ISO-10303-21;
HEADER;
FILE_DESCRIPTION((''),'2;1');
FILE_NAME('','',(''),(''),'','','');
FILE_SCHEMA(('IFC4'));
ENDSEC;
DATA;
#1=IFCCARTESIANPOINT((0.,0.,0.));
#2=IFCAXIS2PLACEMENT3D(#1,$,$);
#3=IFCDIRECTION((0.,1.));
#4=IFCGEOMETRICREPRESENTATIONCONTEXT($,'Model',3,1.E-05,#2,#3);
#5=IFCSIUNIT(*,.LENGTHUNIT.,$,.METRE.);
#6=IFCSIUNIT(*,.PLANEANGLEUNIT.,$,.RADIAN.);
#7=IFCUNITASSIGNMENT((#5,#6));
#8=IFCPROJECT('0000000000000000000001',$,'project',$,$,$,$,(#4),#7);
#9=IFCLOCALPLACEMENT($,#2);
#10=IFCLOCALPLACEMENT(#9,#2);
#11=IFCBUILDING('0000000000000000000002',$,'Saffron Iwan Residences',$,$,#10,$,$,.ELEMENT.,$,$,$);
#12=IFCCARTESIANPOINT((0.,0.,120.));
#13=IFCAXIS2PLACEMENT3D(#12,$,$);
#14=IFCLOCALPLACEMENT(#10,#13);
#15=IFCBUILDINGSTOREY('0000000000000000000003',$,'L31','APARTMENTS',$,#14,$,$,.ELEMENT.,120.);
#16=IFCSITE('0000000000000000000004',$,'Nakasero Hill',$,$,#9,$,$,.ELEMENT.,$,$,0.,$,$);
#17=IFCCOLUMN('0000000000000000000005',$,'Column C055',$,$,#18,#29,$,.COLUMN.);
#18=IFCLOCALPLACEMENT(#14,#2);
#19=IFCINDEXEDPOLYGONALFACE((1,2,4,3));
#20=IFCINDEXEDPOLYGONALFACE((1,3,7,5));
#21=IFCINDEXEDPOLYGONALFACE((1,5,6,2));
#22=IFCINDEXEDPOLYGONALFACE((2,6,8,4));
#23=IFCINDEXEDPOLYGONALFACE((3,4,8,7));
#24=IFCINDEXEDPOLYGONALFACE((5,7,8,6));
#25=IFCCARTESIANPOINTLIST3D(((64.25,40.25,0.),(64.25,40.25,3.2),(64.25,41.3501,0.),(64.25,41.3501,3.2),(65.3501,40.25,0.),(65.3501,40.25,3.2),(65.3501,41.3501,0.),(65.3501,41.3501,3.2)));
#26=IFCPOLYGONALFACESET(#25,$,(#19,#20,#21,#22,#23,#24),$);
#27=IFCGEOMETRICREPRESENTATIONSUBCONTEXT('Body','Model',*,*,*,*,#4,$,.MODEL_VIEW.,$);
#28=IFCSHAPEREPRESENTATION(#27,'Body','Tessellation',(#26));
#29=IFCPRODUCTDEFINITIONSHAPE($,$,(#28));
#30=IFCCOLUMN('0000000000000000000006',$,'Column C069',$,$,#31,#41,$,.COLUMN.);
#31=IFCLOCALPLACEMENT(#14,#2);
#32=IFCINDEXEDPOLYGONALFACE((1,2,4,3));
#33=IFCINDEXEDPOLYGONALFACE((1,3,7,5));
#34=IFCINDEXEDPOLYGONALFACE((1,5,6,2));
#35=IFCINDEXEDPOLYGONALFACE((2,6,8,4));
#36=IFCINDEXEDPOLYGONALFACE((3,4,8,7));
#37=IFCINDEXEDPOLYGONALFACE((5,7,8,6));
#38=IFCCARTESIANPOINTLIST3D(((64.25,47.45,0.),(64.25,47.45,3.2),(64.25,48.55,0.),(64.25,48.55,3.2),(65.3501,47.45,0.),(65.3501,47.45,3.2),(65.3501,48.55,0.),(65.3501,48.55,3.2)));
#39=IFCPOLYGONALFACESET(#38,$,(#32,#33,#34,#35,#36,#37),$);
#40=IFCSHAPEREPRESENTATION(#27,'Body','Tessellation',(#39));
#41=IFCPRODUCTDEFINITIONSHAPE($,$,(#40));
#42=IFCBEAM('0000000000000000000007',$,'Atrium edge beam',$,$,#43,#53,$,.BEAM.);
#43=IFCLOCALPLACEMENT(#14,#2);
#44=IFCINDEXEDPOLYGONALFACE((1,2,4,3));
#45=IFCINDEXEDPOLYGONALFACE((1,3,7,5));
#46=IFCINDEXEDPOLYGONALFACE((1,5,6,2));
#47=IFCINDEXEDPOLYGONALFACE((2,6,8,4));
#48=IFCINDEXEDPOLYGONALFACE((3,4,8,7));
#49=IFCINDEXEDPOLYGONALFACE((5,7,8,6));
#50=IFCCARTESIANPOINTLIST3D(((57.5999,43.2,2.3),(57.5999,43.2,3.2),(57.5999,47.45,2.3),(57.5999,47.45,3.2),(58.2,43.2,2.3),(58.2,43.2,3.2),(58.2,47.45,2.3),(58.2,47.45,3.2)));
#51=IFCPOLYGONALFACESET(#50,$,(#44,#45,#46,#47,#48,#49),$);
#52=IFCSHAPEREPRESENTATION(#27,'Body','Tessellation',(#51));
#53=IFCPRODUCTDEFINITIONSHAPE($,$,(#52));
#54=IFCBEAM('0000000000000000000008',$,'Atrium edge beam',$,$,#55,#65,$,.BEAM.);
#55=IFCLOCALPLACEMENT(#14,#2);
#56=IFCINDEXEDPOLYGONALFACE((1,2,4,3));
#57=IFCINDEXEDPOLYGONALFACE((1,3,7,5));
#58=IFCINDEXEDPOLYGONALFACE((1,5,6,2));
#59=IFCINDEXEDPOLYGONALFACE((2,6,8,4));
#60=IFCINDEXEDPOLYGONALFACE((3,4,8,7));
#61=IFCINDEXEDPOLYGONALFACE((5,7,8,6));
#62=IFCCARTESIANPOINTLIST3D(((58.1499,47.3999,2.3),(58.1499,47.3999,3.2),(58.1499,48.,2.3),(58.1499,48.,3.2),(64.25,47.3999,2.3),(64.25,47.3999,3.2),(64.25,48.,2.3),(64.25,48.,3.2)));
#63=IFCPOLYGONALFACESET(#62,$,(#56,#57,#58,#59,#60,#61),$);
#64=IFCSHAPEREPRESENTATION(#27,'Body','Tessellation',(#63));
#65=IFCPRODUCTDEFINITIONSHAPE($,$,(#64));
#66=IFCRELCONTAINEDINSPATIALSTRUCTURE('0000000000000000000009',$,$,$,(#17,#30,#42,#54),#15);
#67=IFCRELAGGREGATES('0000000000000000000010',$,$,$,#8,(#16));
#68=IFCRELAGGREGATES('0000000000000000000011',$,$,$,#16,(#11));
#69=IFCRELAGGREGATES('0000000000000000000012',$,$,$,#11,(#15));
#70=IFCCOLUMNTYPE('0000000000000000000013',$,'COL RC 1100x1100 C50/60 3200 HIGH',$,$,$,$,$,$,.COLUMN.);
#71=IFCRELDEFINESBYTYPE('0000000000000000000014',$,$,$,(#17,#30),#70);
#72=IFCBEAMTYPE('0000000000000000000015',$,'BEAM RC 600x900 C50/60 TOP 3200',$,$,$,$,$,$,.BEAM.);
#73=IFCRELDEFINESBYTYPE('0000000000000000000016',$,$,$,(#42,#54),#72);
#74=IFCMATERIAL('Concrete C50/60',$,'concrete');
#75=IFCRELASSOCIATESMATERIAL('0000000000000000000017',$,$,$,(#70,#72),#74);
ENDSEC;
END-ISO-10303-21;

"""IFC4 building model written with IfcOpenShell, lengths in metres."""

from ifc_helpers import new_model, si_unit, direction, frame, origin, origin_2d, place, context, subcontext, project, spatial, rectangle, extrude, source, transform, mapped, material, material_profile, profile_set, type_object, element, save


model = new_model("IFC4")

# Units and contexts
model_context = context("Model", 3, precision=1e-05, world=origin(), true_north=direction((0.0, 1.0)))
body_context = subcontext(model_context, "Body", "Model", "MODEL_VIEW")
ifc_project = project(units=[si_unit("LENGTHUNIT", "METRE"), si_unit("PLANEANGLEUNIT", "RADIAN")], contexts=[model_context])

# Site, building, storey
site_placement = place(None, origin())
site = spatial("IfcSite", under=ifc_project, at=site_placement, Name="Nakasero Hill", CompositionType="ELEMENT", RefElevation=0.0)
building_placement = place(site_placement, origin())
building = spatial("IfcBuilding", under=site, at=building_placement, Name="Saffron Iwan Residences", CompositionType="ELEMENT")
storey_placement = place(building_placement, frame((0.0, 0.0, 120.0)))
storey = spatial("IfcBuildingStorey", under=building, at=storey_placement, Name="L31", Description="APARTMENTS", CompositionType="ELEMENT", Elevation=120.0)

# Columns
ifc_material_1 = material(Name="Concrete C50/60", Category="concrete")
ifc_material_profile_1 = material_profile(ifc_material_1, rectangle(XDim=1.1001, YDim=1.1001, at=origin_2d()), Name="RC 1100x1100")
ifc_profile_set_1 = profile_set([ifc_material_profile_1], Name="Concrete C50/60")
column_type = type_object("IfcColumnType", Name="COL RC 1100x1100 C50/60 3200 HIGH", PredefinedType="COLUMN", material=ifc_profile_set_1)
shared_shape_1 = source(origin(), body_context, "Body", "SweptSolid", [
    extrude(rectangle(XDim=1.1001, YDim=1.1001, at=origin_2d()), origin(), (0.0, 0.0, 1.0), 3.2),
])
for number, where, z_axis, x_axis, name in (
    (1, (64.8, 40.8, 0.0), (0.0, 0.0, 1.0), (1.0, 0.0, 0.0), "Column C055"),
    (2, (64.8, 48.0, 0.0), (0.0, 0.0, 1.0), (1.0, 0.0, 0.0), "Column C069"),
):
    element("IfcColumn", number, at=place(storey_placement, frame(where, z_axis=z_axis, x_axis=x_axis)), inside=storey, type_object=column_type, Name=name, PredefinedType="COLUMN", context=body_context, shape_type="MappedRepresentation", body=[
        mapped(shared_shape_1, transform((0.0, 0.0, 0.0))),
    ])

# Beams
ifc_material_profile_2 = material_profile(ifc_material_1, rectangle(XDim=0.6001, YDim=0.8999, at=origin_2d()), Name="RC 600x900")
ifc_profile_set_2 = profile_set([ifc_material_profile_2], Name="Concrete C50/60")
beam_type = type_object("IfcBeamType", Name="BEAM RC 600x900 C50/60 TOP 3200", PredefinedType="BEAM", material=ifc_profile_set_2)
shared_shape_2 = source(origin(), body_context, "Body", "SweptSolid", [
    extrude(rectangle(XDim=0.6001, YDim=0.8999, at=origin_2d()), origin(), (0.0, 0.0, 1.0), 4.25),
])
beam_1_placement = place(storey_placement, frame((57.8999, 47.45, 2.75), z_axis=(0.0, -1.0, 0.0), x_axis=(1.0, 0.0, 0.0)))
element("IfcBeam", 3, at=beam_1_placement, inside=storey, type_object=beam_type, Name="Atrium edge beam", PredefinedType="BEAM", context=body_context, shape_type="MappedRepresentation", body=[
    mapped(shared_shape_2, transform((0.0, 0.0, 0.0))),
])
shared_shape_3 = source(origin(), body_context, "Body", "SweptSolid", [
    extrude(rectangle(XDim=0.6001, YDim=0.8999, at=origin_2d()), origin(), (0.0, 0.0, 1.0), 6.1001),
])
beam_2_placement = place(storey_placement, frame((64.25, 47.7, 2.75), z_axis=(-1.0, 0.0, 0.0), x_axis=(0.0, -1.0, 0.0)))
element("IfcBeam", 4, at=beam_2_placement, inside=storey, type_object=beam_type, Name="Atrium edge beam", PredefinedType="BEAM", context=body_context, shape_type="MappedRepresentation", body=[
    mapped(shared_shape_3, transform((0.0, 0.0, 0.0))),
])

save(model, "model.ifc")
